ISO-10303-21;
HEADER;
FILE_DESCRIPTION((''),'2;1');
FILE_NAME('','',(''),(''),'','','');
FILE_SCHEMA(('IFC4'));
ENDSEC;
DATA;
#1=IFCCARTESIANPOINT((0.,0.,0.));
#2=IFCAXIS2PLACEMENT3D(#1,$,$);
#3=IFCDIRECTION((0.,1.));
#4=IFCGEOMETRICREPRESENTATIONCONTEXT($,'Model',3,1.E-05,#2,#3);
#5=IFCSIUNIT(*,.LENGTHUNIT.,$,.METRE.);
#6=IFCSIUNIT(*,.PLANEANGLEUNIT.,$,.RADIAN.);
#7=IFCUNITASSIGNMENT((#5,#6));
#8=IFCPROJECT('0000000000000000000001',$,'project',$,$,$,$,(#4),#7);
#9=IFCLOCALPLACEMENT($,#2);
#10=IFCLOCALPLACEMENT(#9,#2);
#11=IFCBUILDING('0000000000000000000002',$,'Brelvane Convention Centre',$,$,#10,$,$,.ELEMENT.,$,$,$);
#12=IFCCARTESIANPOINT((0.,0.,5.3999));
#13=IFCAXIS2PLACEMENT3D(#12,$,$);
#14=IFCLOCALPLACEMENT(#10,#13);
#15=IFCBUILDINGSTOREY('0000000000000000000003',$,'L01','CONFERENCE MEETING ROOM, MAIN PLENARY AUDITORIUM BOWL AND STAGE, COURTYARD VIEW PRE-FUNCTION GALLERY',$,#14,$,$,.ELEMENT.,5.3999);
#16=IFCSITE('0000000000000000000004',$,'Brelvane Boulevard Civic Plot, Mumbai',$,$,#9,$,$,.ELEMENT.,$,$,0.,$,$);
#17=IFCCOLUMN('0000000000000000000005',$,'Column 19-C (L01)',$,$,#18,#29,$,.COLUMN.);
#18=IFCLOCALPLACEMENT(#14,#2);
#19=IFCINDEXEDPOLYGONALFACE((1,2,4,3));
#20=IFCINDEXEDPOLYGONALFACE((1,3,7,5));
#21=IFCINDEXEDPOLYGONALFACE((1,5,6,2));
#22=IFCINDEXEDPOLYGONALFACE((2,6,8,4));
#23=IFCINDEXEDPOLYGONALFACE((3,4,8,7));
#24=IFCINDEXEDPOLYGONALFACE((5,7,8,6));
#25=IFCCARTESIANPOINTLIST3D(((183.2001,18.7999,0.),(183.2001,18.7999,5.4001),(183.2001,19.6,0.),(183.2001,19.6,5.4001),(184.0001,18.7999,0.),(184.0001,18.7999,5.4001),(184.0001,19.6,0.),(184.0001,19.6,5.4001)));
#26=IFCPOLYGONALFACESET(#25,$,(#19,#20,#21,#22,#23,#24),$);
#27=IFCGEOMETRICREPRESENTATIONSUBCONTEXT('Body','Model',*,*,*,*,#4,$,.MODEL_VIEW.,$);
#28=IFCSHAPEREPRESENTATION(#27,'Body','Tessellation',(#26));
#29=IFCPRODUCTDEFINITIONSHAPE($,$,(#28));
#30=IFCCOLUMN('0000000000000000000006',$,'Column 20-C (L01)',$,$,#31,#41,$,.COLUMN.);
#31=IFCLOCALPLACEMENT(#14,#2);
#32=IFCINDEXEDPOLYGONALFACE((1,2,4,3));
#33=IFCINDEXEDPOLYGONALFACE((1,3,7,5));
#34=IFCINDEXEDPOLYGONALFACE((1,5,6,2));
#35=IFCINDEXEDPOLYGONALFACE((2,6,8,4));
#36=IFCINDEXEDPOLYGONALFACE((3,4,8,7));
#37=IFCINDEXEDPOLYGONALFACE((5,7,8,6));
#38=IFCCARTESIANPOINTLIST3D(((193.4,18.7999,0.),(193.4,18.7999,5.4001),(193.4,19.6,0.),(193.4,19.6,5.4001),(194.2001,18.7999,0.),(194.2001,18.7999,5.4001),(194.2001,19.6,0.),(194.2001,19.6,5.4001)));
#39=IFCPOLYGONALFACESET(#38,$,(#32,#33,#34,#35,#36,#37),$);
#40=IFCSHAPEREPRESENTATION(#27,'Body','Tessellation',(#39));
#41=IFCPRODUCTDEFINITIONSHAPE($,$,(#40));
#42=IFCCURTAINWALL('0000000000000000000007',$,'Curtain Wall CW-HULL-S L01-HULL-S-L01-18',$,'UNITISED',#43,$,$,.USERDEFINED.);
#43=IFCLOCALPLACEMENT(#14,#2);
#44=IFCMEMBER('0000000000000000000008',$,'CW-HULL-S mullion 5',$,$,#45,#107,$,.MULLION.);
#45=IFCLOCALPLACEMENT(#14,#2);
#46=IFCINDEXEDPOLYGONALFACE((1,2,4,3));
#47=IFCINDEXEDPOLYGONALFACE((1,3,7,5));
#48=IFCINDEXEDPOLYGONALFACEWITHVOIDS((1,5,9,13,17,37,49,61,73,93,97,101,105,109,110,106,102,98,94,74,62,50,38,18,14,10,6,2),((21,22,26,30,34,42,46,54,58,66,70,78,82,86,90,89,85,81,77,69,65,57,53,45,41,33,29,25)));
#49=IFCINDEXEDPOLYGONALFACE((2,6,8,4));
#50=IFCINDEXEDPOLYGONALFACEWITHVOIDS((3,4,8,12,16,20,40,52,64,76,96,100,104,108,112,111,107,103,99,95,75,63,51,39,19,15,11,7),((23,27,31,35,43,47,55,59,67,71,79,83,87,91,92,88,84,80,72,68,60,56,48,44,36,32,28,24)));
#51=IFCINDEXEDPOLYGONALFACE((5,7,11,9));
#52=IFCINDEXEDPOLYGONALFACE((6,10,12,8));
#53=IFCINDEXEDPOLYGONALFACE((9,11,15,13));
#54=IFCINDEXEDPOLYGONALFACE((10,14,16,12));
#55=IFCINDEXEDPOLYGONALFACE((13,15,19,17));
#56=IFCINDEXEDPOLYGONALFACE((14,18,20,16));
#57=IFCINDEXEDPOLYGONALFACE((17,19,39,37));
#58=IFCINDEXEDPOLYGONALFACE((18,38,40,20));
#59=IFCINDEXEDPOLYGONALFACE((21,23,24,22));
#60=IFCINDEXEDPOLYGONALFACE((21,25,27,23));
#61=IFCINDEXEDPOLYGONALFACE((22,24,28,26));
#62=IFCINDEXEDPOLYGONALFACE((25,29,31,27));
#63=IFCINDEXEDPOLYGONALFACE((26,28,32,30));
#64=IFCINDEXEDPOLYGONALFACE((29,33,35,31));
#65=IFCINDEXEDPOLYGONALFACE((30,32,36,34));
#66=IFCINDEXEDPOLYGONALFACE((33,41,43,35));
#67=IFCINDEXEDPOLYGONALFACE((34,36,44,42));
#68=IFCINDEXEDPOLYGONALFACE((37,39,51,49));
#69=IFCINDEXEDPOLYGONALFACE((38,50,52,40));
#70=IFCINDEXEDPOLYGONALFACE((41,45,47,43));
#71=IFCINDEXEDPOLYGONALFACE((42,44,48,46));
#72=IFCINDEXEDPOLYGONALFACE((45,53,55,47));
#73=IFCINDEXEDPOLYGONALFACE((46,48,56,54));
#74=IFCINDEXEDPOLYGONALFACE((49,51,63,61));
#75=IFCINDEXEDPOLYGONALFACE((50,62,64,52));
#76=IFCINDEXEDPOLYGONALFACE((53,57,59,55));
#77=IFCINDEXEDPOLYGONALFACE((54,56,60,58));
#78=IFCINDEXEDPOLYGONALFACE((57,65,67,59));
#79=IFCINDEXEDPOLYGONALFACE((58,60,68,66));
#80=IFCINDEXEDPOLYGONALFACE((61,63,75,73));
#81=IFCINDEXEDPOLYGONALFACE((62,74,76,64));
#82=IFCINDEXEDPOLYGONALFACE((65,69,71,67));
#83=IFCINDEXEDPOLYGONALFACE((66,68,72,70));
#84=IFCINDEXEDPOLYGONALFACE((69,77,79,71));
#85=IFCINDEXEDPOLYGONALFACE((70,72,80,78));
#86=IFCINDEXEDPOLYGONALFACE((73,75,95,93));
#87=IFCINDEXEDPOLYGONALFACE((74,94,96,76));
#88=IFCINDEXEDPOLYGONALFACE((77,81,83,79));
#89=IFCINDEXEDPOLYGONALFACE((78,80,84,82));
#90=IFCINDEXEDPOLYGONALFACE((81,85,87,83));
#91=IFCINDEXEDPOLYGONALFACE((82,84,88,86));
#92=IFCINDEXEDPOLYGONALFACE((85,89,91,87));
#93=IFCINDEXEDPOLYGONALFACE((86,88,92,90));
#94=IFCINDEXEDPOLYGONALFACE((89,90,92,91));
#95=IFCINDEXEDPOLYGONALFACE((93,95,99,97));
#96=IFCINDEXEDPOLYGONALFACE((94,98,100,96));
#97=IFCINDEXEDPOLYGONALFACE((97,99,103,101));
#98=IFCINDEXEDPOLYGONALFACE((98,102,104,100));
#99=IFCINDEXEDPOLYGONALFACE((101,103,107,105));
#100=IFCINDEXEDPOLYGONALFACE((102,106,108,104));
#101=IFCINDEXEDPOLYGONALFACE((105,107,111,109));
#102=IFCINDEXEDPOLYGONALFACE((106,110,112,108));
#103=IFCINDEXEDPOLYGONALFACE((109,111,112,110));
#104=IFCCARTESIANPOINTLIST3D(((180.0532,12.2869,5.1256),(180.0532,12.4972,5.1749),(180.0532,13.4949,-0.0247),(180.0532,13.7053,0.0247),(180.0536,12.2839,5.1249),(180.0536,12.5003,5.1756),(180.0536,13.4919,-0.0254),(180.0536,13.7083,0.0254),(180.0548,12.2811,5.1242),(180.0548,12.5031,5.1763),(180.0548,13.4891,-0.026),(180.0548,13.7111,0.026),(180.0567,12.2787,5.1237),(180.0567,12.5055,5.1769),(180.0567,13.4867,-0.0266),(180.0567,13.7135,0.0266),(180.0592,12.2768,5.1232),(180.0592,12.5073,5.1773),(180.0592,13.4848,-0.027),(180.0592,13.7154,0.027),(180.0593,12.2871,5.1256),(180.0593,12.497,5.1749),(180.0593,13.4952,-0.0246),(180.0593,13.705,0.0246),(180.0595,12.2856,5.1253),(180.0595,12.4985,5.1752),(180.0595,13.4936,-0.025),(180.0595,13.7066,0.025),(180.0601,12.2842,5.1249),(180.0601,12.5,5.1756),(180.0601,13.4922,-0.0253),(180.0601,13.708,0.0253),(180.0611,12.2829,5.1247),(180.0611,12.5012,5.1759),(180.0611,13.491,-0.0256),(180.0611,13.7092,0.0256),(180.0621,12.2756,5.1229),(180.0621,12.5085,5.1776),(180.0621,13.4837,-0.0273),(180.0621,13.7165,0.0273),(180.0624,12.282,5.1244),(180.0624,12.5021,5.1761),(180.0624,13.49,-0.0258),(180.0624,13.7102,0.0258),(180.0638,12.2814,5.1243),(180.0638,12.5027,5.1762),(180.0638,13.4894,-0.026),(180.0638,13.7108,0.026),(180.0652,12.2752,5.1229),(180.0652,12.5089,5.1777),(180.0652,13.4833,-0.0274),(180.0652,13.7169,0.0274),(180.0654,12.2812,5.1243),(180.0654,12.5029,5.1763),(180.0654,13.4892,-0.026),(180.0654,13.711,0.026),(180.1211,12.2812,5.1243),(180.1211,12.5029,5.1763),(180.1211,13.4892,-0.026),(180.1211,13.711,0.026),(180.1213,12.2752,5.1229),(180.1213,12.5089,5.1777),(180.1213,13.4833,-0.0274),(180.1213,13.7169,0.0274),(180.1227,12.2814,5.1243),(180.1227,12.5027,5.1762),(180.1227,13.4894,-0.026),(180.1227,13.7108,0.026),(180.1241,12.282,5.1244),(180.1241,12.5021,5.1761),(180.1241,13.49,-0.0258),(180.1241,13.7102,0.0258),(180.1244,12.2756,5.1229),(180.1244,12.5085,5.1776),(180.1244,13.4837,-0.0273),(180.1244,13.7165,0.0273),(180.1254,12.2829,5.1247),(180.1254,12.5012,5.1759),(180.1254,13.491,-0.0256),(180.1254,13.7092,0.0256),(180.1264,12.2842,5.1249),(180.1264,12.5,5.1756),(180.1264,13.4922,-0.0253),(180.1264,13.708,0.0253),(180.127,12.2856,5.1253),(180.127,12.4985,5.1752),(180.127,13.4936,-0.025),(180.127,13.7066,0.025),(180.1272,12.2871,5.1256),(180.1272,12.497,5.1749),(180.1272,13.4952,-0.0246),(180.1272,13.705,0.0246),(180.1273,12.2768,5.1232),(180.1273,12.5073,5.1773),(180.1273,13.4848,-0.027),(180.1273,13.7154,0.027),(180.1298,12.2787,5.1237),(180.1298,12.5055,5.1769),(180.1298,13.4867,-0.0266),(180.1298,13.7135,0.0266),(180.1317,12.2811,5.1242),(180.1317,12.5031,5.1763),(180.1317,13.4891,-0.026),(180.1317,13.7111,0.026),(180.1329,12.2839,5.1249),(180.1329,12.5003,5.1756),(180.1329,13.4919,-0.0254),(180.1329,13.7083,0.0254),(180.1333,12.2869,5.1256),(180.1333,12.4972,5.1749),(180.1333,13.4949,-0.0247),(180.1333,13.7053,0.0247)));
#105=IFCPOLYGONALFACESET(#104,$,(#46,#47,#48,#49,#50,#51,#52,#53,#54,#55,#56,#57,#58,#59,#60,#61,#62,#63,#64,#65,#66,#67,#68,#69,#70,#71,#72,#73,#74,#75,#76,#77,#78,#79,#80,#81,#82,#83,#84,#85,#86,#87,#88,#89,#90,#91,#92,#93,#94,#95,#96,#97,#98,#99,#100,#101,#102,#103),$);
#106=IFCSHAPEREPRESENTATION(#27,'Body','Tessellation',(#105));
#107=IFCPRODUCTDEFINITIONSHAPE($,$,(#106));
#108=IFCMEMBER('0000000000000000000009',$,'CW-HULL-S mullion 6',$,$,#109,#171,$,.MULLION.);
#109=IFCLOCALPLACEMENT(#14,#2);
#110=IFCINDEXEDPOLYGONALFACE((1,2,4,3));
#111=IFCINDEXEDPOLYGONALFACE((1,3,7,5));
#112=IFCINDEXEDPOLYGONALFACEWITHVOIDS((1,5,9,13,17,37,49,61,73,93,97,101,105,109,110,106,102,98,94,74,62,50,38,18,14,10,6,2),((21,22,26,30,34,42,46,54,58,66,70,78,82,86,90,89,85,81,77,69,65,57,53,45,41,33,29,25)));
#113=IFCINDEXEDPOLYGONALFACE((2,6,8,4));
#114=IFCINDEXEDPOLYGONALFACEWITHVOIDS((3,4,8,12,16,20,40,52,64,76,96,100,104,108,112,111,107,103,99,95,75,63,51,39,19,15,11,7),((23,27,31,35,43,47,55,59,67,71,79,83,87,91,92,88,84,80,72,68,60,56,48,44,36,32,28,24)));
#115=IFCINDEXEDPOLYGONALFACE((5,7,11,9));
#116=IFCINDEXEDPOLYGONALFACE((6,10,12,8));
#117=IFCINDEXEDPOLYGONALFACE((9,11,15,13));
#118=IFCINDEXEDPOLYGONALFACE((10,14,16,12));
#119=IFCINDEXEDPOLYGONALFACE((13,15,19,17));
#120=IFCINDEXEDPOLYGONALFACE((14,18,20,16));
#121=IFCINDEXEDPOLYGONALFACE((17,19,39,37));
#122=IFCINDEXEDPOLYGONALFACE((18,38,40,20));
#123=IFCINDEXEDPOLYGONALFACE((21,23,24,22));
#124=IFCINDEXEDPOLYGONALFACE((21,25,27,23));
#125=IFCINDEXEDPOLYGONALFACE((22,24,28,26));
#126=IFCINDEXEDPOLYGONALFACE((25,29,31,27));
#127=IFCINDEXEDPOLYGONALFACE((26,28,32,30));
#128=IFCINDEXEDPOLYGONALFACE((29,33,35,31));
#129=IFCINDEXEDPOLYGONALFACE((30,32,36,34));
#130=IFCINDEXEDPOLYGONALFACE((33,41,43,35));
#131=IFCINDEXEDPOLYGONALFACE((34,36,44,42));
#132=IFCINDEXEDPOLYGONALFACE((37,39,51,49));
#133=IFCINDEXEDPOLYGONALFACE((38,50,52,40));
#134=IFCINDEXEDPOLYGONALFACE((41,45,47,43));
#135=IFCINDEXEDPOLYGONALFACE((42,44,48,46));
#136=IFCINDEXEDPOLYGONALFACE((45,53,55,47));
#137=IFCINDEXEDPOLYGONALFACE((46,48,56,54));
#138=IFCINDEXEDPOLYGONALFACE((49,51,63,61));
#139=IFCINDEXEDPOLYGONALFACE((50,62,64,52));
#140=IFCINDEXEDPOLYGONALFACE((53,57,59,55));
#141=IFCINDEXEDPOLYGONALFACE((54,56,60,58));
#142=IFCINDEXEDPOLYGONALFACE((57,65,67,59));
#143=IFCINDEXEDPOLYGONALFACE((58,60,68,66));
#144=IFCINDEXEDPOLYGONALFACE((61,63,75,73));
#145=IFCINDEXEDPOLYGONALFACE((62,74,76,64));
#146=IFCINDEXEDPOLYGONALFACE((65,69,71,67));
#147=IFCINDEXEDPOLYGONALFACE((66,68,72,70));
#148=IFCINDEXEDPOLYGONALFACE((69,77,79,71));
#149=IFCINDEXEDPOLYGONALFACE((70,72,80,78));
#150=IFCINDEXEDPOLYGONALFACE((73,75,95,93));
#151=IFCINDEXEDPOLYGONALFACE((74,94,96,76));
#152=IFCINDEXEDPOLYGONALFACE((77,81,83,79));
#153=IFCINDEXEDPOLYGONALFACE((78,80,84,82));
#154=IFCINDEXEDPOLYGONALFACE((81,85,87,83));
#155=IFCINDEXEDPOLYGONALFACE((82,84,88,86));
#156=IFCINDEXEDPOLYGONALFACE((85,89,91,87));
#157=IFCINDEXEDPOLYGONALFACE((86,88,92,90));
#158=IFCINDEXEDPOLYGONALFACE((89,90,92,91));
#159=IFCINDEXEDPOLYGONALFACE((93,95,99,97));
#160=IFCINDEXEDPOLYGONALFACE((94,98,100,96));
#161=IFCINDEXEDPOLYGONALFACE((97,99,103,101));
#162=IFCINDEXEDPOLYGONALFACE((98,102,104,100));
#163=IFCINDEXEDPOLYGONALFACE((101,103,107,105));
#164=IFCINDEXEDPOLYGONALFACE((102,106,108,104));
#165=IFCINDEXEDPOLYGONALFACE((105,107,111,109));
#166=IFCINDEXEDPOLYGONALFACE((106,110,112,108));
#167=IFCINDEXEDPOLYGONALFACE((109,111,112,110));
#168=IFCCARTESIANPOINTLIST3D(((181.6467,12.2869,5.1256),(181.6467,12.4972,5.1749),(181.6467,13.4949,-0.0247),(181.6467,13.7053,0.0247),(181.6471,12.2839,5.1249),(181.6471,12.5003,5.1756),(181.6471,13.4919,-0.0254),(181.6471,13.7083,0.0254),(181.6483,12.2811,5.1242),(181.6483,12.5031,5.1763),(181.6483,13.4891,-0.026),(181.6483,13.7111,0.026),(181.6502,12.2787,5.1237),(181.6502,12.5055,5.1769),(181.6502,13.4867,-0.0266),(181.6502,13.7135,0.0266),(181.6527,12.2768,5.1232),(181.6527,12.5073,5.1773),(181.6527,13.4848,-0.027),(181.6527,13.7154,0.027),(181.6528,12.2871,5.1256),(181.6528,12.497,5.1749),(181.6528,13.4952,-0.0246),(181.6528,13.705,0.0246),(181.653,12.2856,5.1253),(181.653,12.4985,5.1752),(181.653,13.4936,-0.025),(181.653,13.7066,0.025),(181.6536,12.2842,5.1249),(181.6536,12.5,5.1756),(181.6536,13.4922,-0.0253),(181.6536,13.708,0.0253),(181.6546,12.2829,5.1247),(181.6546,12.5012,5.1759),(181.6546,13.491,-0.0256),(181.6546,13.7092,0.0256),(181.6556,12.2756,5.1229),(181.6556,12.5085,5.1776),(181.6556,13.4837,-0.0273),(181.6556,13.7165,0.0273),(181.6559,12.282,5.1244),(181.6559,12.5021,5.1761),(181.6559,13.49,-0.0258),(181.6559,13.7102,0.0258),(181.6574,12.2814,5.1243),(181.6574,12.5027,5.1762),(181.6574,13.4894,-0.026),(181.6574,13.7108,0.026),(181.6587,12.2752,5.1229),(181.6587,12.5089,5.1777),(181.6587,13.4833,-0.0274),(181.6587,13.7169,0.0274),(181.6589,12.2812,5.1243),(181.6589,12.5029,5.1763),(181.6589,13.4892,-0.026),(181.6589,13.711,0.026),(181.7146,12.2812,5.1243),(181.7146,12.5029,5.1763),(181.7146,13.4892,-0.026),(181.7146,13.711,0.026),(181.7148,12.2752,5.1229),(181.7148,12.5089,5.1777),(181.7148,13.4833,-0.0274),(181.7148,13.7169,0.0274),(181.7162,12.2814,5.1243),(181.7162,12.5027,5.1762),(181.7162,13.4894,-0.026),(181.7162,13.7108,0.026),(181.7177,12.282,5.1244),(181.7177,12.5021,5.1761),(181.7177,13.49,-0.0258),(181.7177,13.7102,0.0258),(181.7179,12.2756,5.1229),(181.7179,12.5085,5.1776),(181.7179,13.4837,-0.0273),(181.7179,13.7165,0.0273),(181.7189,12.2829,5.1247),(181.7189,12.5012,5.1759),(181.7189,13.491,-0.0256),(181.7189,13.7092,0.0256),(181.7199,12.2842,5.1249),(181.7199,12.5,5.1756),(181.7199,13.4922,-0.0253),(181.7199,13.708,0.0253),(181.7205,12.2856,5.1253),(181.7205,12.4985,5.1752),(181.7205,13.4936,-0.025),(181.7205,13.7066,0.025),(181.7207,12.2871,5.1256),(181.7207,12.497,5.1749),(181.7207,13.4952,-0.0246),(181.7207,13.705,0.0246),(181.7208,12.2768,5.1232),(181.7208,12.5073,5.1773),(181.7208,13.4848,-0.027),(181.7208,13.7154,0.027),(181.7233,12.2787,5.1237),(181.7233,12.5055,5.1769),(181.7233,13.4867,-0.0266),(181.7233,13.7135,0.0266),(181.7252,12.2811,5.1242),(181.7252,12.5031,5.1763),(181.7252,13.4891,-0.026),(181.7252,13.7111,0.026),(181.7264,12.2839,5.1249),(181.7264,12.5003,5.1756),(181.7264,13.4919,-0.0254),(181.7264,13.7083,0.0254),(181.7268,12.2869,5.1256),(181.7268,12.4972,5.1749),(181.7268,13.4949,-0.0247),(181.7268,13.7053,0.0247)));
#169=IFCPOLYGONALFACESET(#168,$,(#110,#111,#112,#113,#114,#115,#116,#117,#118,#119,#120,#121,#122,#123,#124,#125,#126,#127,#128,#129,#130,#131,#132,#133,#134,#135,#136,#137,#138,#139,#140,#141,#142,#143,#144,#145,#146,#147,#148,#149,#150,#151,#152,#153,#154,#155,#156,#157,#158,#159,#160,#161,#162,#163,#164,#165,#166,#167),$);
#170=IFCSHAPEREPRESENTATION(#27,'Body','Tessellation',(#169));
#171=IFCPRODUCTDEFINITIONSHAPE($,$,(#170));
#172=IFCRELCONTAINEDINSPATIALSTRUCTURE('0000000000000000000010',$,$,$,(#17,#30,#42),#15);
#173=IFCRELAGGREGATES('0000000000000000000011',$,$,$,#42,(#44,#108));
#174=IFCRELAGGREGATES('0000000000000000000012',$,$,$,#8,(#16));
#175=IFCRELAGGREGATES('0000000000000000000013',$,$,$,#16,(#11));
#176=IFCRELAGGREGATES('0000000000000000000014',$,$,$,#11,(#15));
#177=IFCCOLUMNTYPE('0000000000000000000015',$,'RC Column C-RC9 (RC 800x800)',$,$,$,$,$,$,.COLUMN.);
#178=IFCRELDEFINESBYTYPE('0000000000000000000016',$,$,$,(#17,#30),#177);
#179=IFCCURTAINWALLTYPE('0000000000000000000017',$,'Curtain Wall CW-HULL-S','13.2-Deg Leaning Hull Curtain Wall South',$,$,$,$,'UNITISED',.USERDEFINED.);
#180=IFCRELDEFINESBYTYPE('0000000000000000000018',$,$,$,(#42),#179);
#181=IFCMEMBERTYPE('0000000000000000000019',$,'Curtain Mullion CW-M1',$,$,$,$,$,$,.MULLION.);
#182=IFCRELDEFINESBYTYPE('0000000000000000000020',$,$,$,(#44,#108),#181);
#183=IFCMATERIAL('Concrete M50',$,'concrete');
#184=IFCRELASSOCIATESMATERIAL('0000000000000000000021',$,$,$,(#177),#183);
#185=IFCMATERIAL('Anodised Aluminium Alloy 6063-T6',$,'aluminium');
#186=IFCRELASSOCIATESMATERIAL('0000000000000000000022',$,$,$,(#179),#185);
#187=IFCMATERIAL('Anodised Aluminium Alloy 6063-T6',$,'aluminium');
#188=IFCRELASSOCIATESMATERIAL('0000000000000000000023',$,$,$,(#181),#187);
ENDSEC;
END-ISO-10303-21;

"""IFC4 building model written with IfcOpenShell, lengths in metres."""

from ifc_helpers import new_model, si_unit, direction, frame, origin, origin_2d, place, context, subcontext, project, spatial, rectangle, hollow_rectangle, extrude, material, material_profile, profile_set, type_object, element, aggregate, save


model = new_model("IFC4")

# Units and contexts
model_context = context("Model", 3, precision=1e-05, world=origin(), true_north=direction((0.0, 1.0)))
body_context = subcontext(model_context, "Body", "Model", "MODEL_VIEW")
ifc_project = project(units=[si_unit("LENGTHUNIT", "METRE"), si_unit("PLANEANGLEUNIT", "RADIAN")], contexts=[model_context])

# Site, building, storey
site_placement = place(None, origin())
site = spatial("IfcSite", under=ifc_project, at=site_placement, Name="Brelvane Boulevard Civic Plot, Mumbai", CompositionType="ELEMENT", RefElevation=0.0)
building_placement = place(site_placement, origin())
building = spatial("IfcBuilding", under=site, at=building_placement, Name="Brelvane Convention Centre", CompositionType="ELEMENT")
storey_placement = place(building_placement, frame((0.0, 0.0, 5.3999)))
storey = spatial("IfcBuildingStorey", under=building, at=storey_placement, Name="L01", Description="CONFERENCE MEETING ROOM, MAIN PLENARY AUDITORIUM BOWL AND STAGE, COURTYARD VIEW PRE-FUNCTION GALLERY", CompositionType="ELEMENT", Elevation=5.3999)

# Columns
ifc_material_1 = material(Name="Concrete M50", Category="concrete")
ifc_material_profile_1 = material_profile(ifc_material_1, rectangle(XDim=0.8, YDim=0.8, at=origin_2d()), Name="RC 800x800")
ifc_profile_set_1 = profile_set([ifc_material_profile_1], Name="Concrete M50")
column_type = type_object("IfcColumnType", Name="RC Column C-RC9 (RC 800x800)", PredefinedType="COLUMN", material=ifc_profile_set_1)
for number, where, z_axis, x_axis, name in (
    (1, (183.6001, 19.2, 0.0), (0.0, 0.0, 1.0), (1.0, 0.0, 0.0), "Column 19-C (L01)"),
    (2, (193.8, 19.2, 0.0), (0.0, 0.0, 1.0), (1.0, 0.0, 0.0), "Column 20-C (L01)"),
):
    element("IfcColumn", number, at=place(storey_placement, frame(where, z_axis=z_axis, x_axis=x_axis)), inside=storey, type_object=column_type, Name=name, PredefinedType="COLUMN", context=body_context, shape_type="SweptSolid", body=[
        extrude(rectangle(XDim=0.8, YDim=0.8, at=origin_2d()), origin(), (0.0, 0.0, 1.0), 5.4001),
    ])

# Curtain wall, members
ifc_material_2 = material(Name="Anodised Aluminium Alloy 6063-T6", Category="aluminium")
curtain_wall_type = type_object("IfcCurtainWallType", Name="Curtain Wall CW-HULL-S", Description="13.2-Deg Leaning Hull Curtain Wall South", ElementType="UNITISED", PredefinedType="USERDEFINED", material=ifc_material_2)
curtain_wall_1_placement = place(storey_placement, origin())
curtain_wall_1 = element("IfcCurtainWall", 3, at=curtain_wall_1_placement, inside=storey, type_object=curtain_wall_type, Name="Curtain Wall CW-HULL-S L01-HULL-S-L01-18", ObjectType="UNITISED", PredefinedType="USERDEFINED")
ifc_material_3 = material(Name="Anodised Aluminium Alloy 6063-T6", Category="aluminium")
ifc_material_profile_2 = material_profile(ifc_material_3, hollow_rectangle(XDim=0.0801, YDim=0.24, WallThickness=0.0061, InnerFilletRadius=0.0061, OuterFilletRadius=0.012, at=origin_2d()), Name="ALU-M 240x80x6.0")
ifc_profile_set_2 = profile_set([ifc_material_profile_2], Name="Anodised Aluminium Alloy 6063-T6")
member_type_1 = type_object("IfcMemberType", Name="Curtain Mullion CW-M1", PredefinedType="MULLION", material=ifc_profile_set_2)
member_1_placement = place(storey_placement, frame((180.0933, 13.6001, 0.0), z_axis=(0.0, -0.22836, 0.973577), x_axis=(1.0, 0.0, 0.0)))
member_1 = element("IfcMember", 4, at=member_1_placement, type_object=member_type_1, Name="CW-HULL-S mullion 5", PredefinedType="MULLION", context=body_context, shape_type="SweptSolid", body=[
    extrude(hollow_rectangle(XDim=0.0801, YDim=0.24, WallThickness=0.0061, InnerFilletRadius=0.0061, OuterFilletRadius=0.012, at=origin_2d()), origin(), (0.0, 0.0, 1.0), 5.29),
])
member_2_placement = place(storey_placement, frame((181.6868, 13.6001, 0.0), z_axis=(0.0, -0.22836, 0.973577), x_axis=(1.0, 0.0, 0.0)))
member_2 = element("IfcMember", 5, at=member_2_placement, type_object=member_type_1, Name="CW-HULL-S mullion 6", PredefinedType="MULLION", context=body_context, shape_type="SweptSolid", body=[
    extrude(hollow_rectangle(XDim=0.0801, YDim=0.24, WallThickness=0.0061, InnerFilletRadius=0.0061, OuterFilletRadius=0.012, at=origin_2d()), origin(), (0.0, 0.0, 1.0), 5.29),
])
aggregate(curtain_wall_1, [member_1, member_2])

save(model, "model.ifc")
